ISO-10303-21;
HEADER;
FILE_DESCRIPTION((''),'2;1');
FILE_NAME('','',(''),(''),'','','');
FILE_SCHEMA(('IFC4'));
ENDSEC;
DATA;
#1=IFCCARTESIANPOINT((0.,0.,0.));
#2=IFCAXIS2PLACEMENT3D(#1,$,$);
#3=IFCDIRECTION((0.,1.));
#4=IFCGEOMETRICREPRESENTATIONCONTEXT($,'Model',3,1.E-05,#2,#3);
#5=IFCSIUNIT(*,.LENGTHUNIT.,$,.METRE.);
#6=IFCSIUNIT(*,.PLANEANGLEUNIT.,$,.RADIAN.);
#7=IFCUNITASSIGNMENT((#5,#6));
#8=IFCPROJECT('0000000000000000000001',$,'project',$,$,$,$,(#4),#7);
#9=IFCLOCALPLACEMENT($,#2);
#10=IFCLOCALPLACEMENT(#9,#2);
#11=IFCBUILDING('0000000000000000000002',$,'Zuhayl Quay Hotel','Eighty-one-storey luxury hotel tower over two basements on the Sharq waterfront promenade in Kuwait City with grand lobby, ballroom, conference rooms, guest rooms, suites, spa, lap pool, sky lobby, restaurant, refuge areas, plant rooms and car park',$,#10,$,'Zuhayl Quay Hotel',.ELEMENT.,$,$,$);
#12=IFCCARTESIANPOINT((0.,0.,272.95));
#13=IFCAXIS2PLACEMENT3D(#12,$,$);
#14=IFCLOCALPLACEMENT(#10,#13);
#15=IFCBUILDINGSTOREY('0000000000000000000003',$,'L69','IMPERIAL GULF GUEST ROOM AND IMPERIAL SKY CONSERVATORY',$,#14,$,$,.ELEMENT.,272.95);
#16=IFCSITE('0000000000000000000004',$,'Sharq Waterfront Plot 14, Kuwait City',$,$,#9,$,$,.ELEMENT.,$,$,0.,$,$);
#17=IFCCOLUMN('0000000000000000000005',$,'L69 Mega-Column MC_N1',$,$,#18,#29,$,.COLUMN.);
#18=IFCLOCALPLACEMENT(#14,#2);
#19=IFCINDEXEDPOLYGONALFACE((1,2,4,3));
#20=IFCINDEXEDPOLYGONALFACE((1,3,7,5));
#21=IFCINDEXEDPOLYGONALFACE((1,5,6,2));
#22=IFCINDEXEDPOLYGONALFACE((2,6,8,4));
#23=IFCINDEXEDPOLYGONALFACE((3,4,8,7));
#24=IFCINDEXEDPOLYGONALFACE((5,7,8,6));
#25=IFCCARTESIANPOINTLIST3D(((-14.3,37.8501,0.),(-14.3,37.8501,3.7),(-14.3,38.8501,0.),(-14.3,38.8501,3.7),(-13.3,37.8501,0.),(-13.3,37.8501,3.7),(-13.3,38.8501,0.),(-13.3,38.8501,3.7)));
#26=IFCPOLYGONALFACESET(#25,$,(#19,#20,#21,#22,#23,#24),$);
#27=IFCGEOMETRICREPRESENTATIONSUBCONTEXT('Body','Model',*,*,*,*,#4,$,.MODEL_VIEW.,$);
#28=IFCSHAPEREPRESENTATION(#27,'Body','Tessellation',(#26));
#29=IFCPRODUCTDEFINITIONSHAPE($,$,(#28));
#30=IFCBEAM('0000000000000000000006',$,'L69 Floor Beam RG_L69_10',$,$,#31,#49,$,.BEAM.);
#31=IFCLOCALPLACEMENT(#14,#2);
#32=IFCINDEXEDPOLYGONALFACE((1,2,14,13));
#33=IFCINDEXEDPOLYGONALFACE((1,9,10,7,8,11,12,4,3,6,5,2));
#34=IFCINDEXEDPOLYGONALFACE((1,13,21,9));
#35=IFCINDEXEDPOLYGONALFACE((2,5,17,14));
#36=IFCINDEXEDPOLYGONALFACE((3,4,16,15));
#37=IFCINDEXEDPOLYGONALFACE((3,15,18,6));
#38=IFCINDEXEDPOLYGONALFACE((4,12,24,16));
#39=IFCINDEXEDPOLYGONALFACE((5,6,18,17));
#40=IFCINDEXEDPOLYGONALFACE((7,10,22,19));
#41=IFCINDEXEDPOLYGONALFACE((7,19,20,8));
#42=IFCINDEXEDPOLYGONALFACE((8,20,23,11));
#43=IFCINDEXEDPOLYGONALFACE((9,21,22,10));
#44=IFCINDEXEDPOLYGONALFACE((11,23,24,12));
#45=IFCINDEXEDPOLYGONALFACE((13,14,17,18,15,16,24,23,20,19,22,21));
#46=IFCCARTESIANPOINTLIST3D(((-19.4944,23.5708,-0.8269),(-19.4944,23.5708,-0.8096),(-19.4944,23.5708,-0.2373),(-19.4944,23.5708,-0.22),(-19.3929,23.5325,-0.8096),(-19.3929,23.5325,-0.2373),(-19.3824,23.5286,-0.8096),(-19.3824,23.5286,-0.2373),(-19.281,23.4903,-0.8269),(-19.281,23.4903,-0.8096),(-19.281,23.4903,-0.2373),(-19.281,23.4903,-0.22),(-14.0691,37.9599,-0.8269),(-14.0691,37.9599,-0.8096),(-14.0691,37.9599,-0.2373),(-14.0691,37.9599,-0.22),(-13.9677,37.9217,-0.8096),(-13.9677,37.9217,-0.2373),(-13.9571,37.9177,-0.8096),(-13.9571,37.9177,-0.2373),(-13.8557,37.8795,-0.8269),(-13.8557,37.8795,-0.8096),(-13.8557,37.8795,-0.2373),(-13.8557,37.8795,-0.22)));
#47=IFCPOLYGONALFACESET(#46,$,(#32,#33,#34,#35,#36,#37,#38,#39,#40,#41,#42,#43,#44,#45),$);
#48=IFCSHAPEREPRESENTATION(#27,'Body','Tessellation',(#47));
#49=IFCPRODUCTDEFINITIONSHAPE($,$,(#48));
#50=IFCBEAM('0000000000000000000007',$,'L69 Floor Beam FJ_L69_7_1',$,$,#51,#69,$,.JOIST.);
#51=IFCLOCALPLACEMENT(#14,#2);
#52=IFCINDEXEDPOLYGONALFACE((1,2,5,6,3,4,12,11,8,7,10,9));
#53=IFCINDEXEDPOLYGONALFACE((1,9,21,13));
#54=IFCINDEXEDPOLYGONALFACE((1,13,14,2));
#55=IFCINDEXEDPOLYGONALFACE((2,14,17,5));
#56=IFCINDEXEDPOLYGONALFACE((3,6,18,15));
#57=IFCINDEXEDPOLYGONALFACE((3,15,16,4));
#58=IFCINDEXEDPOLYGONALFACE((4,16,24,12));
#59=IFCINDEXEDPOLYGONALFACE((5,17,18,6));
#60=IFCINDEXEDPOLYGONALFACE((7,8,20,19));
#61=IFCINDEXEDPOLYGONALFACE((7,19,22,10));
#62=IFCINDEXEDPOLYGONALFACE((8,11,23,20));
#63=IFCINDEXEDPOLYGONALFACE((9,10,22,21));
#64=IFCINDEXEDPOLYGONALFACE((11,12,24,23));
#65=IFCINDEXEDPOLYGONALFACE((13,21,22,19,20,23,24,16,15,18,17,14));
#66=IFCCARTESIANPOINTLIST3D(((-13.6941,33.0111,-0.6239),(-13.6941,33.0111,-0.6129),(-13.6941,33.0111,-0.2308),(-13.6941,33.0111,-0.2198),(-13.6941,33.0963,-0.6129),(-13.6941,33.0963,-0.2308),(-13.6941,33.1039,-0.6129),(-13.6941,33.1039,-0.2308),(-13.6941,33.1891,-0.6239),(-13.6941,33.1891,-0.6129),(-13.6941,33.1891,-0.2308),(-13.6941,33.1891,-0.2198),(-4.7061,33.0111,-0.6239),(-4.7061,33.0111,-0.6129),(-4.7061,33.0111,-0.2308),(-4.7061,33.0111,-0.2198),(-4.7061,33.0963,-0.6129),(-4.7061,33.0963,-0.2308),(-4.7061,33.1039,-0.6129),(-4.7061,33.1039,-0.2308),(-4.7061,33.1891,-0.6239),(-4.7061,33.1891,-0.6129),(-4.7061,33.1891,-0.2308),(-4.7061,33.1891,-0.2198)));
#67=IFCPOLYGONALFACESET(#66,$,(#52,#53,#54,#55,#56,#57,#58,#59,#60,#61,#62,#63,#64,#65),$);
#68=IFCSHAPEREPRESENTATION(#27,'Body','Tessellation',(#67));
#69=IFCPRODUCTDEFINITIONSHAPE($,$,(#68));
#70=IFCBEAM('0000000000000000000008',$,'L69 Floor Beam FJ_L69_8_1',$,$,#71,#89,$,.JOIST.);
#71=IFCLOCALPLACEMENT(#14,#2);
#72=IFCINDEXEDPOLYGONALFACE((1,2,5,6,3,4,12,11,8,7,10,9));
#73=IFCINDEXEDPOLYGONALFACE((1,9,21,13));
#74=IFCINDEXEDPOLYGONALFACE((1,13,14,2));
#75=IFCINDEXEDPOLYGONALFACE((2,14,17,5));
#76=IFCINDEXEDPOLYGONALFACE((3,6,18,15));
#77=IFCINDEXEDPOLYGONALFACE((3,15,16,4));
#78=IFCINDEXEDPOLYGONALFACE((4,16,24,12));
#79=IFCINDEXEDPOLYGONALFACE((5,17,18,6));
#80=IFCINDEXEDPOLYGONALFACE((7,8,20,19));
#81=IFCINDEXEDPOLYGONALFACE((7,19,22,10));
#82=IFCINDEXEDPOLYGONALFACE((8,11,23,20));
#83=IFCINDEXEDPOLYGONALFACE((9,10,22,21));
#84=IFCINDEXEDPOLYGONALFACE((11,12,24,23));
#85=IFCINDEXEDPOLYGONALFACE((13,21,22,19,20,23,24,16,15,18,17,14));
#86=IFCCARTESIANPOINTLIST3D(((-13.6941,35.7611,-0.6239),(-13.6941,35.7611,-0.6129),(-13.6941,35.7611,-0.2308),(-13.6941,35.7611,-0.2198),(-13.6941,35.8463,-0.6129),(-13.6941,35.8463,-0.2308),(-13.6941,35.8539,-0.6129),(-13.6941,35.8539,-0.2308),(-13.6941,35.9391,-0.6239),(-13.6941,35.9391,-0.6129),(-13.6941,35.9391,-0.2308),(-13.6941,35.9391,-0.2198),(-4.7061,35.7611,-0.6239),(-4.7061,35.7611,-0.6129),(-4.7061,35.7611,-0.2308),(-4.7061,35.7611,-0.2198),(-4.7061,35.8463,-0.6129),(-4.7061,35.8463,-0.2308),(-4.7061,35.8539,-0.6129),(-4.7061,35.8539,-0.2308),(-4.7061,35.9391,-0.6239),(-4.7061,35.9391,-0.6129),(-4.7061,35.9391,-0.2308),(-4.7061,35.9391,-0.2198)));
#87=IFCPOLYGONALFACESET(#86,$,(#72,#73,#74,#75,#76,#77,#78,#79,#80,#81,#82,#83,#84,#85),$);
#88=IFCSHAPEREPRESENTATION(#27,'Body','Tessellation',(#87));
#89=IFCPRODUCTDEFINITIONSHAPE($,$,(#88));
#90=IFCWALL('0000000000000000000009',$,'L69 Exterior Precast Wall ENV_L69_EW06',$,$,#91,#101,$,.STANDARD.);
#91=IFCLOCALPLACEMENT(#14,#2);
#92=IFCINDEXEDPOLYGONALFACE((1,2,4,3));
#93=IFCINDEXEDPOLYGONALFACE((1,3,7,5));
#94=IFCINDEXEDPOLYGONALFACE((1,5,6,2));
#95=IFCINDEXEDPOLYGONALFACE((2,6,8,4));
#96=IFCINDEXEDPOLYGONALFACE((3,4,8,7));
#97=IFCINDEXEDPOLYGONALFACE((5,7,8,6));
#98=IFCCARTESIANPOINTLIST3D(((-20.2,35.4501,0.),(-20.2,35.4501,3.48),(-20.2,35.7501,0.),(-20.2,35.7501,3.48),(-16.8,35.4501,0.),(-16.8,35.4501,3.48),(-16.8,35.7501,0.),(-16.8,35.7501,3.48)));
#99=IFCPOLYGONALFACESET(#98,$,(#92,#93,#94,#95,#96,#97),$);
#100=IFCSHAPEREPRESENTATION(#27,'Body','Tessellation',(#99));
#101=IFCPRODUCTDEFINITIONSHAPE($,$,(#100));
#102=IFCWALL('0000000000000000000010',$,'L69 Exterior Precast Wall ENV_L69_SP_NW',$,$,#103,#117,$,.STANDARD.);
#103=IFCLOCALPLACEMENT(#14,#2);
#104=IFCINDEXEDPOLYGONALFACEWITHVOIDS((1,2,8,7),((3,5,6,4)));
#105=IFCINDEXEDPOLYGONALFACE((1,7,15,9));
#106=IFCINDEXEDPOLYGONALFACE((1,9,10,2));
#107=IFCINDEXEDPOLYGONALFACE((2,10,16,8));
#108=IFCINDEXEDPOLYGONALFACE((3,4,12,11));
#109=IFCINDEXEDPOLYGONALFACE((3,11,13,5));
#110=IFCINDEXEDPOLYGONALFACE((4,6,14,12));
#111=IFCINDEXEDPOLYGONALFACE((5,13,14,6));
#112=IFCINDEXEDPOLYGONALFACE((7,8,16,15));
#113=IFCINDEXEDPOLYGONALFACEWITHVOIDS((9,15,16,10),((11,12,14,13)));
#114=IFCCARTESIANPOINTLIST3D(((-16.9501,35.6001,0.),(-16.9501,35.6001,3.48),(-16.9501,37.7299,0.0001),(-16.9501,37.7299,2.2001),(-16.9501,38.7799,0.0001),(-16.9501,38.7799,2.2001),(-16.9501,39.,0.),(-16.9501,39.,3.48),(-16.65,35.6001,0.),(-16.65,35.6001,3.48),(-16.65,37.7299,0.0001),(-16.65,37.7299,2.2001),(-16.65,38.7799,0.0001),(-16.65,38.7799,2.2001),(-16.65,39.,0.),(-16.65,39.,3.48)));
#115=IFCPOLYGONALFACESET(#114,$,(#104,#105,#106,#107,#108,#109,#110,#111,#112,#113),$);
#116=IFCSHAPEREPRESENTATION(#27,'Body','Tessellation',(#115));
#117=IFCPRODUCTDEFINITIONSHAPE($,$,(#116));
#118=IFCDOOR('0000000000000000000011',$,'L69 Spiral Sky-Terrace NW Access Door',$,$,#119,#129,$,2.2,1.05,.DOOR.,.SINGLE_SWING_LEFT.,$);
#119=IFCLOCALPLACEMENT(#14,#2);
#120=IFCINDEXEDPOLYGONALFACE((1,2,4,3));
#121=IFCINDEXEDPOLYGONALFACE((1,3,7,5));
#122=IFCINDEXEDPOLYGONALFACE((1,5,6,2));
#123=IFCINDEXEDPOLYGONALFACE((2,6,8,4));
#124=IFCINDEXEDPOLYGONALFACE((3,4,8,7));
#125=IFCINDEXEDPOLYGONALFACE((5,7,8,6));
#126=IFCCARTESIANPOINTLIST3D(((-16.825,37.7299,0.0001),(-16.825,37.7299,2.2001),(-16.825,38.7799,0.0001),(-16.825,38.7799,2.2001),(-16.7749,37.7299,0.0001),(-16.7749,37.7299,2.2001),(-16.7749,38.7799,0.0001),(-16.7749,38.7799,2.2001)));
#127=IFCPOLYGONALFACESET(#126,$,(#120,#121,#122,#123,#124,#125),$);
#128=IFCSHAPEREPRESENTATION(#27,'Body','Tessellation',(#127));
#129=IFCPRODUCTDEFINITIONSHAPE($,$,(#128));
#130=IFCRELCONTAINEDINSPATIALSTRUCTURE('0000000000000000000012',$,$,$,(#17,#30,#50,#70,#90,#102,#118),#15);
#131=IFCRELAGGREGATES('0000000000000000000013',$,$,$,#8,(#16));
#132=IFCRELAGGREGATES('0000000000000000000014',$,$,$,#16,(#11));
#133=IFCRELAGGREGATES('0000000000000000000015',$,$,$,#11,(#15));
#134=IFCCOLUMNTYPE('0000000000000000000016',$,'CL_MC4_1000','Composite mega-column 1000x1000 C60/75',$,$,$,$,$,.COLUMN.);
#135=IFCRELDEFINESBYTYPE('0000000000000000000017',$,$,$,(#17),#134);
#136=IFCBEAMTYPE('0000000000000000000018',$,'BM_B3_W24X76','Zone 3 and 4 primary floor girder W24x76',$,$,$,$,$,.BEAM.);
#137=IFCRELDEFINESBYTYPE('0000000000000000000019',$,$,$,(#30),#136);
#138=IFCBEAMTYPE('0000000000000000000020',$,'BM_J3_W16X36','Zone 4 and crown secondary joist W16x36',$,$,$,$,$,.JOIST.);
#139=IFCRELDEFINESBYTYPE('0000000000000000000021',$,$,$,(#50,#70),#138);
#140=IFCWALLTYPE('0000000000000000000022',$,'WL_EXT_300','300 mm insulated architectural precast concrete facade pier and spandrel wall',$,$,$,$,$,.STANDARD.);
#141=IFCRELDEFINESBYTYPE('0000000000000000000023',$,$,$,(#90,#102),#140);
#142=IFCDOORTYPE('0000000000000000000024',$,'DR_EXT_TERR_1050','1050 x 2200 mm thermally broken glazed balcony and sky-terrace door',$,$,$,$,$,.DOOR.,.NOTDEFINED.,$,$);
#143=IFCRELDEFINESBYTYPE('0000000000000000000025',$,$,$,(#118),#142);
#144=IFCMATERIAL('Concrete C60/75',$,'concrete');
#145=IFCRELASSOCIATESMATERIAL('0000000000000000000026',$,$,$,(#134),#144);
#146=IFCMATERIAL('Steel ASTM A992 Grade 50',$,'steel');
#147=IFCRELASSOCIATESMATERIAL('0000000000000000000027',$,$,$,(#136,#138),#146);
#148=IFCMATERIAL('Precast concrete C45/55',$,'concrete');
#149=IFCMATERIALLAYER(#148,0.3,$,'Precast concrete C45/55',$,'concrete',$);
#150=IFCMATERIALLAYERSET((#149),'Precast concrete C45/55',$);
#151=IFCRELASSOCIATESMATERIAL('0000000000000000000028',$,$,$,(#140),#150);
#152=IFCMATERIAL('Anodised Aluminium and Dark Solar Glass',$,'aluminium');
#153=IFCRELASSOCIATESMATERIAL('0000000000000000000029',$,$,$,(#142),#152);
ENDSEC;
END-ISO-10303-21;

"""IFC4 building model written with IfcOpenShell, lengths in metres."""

from ifc_helpers import new_model, si_unit, direction, frame, frame_2d, origin, origin_2d, place, context, subcontext, project, spatial, rectangle, i_section, extrude, material, layer, layer_set, material_profile, profile_set, type_object, element, fill, save


model = new_model("IFC4")

# Units and contexts
model_context = context("Model", 3, precision=1e-05, world=origin(), true_north=direction((0.0, 1.0)))
body_context = subcontext(model_context, "Body", "Model", "MODEL_VIEW")
ifc_project = project(units=[si_unit("LENGTHUNIT", "METRE"), si_unit("PLANEANGLEUNIT", "RADIAN")], contexts=[model_context])

# Site, building, storey
site_placement = place(None, origin())
site = spatial("IfcSite", under=ifc_project, at=site_placement, Name="Sharq Waterfront Plot 14, Kuwait City", CompositionType="ELEMENT", RefElevation=0.0)
building_placement = place(site_placement, origin())
building = spatial("IfcBuilding", under=site, at=building_placement, Name="Zuhayl Quay Hotel", Description="Eighty-one-storey luxury hotel tower over two basements on the Sharq waterfront promenade in Kuwait City with grand lobby, ballroom, conference rooms, guest rooms, suites, spa, lap pool, sky lobby, restaurant, refuge areas, plant rooms and car park", LongName="Zuhayl Quay Hotel", CompositionType="ELEMENT")
storey_placement = place(building_placement, frame((0.0, 0.0, 272.95)))
storey = spatial("IfcBuildingStorey", under=building, at=storey_placement, Name="L69", Description="IMPERIAL GULF GUEST ROOM AND IMPERIAL SKY CONSERVATORY", CompositionType="ELEMENT", Elevation=272.95)

# Column
ifc_material_1 = material(Name="Concrete C60/75", Category="concrete")
ifc_material_profile_1 = material_profile(ifc_material_1, rectangle(XDim=1.0, YDim=1.0, at=origin_2d()), Name="RC1000X1000")
ifc_profile_set_1 = profile_set([ifc_material_profile_1], Name="Concrete C60/75")
column_type = type_object("IfcColumnType", Name="CL_MC4_1000", Description="Composite mega-column 1000x1000 C60/75", PredefinedType="COLUMN", material=ifc_profile_set_1)
column_placement = place(storey_placement, frame((-13.8, 38.3501, 0.0), z_axis=(0.0, 0.0, 1.0), x_axis=(1.0, 0.0, 0.0)))
element("IfcColumn", 1, at=column_placement, inside=storey, type_object=column_type, Name="L69 Mega-Column MC_N1", PredefinedType="COLUMN", context=body_context, shape_type="SweptSolid", body=[
    extrude(rectangle(XDim=1.0, YDim=1.0, at=origin_2d()), origin(), (0.0, 0.0, 1.0), 3.7),
])

# Beams
ifc_material_2 = material(Name="Steel ASTM A992 Grade 50", Category="steel")
ifc_material_profile_2 = material_profile(ifc_material_2, i_section(OverallWidth=0.228, OverallDepth=0.6069, WebThickness=0.0112, FlangeThickness=0.0173, at=origin_2d()), Name="W24X76")
ifc_profile_set_2 = profile_set([ifc_material_profile_2], Name="Steel ASTM A992 Grade 50")
beam_type_1 = type_object("IfcBeamType", Name="BM_B3_W24X76", Description="Zone 3 and 4 primary floor girder W24x76", PredefinedType="BEAM", material=ifc_profile_set_2)
beam_placement = place(storey_placement, frame((-13.9624, 37.9197, -0.5234), z_axis=(-0.352797, -0.9357, 0.0), x_axis=(0.9357, -0.352797, 0.0)))
element("IfcBeam", 2, at=beam_placement, inside=storey, type_object=beam_type_1, Name="L69 Floor Beam RG_L69_10", PredefinedType="BEAM", context=body_context, shape_type="SweptSolid", body=[
    extrude(i_section(OverallWidth=0.228, OverallDepth=0.6069, WebThickness=0.0112, FlangeThickness=0.0173, at=origin_2d()), origin(), (0.0, 0.0, 1.0), 15.3779),
])
ifc_material_profile_3 = material_profile(ifc_material_2, i_section(OverallWidth=0.178, OverallDepth=0.4041, WebThickness=0.0076, FlangeThickness=0.011, at=origin_2d()), Name="W16X36")
ifc_profile_set_3 = profile_set([ifc_material_profile_3], Name="Steel ASTM A992 Grade 50")
beam_type_2 = type_object("IfcBeamType", Name="BM_J3_W16X36", Description="Zone 4 and crown secondary joist W16x36", PredefinedType="JOIST", material=ifc_profile_set_3)
for number, where, z_axis, x_axis, name in (
    (3, (-13.6941, 33.1001, -0.4219), (1.0, 0.0, 0.0), (0.0, 1.0, 0.0), "L69 Floor Beam FJ_L69_7_1"),
    (4, (-13.6941, 35.8501, -0.4219), (1.0, 0.0, 0.0), (0.0, 1.0, 0.0), "L69 Floor Beam FJ_L69_8_1"),
):
    element("IfcBeam", number, at=place(storey_placement, frame(where, z_axis=z_axis, x_axis=x_axis)), inside=storey, type_object=beam_type_2, Name=name, PredefinedType="JOIST", context=body_context, shape_type="SweptSolid", body=[
        extrude(i_section(OverallWidth=0.178, OverallDepth=0.4041, WebThickness=0.0076, FlangeThickness=0.011, at=origin_2d()), origin(), (0.0, 0.0, 1.0), 8.988),
    ])

# Wall
ifc_material_3 = material(Name="Precast concrete C45/55", Category="concrete")
ifc_layer_1 = layer(ifc_material_3, 0.3, Name="Precast concrete C45/55", Category="concrete")
ifc_layer_set_1 = layer_set([ifc_layer_1], Name="Precast concrete C45/55")
wall_type_1 = type_object("IfcWallType", Name="WL_EXT_300", Description="300 mm insulated architectural precast concrete facade pier and spandrel wall", PredefinedType="STANDARD", material=ifc_layer_set_1)
wall_1_placement = place(storey_placement, frame((-20.2, 35.6001, 0.0), z_axis=(0.0, 0.0, 1.0), x_axis=(1.0, 0.0, 0.0)))
element("IfcWall", 5, at=wall_1_placement, inside=storey, type_object=wall_type_1, Name="L69 Exterior Precast Wall ENV_L69_EW06", PredefinedType="STANDARD", context=body_context, shape_type="SweptSolid", body=[
    extrude(rectangle(XDim=3.3999, YDim=0.3, at=frame_2d((1.7, 0.0))), origin(), (0.0, 0.0, 1.0), 3.48),
])

# Wall, opening, door
wall_2_placement = place(storey_placement, frame((-16.8, 35.6001, 0.0), z_axis=(0.0, 0.0, 1.0), x_axis=(0.0, 1.0, 0.0)))
wall_2 = element("IfcWall", 6, at=wall_2_placement, inside=storey, type_object=wall_type_1, Name="L69 Exterior Precast Wall ENV_L69_SP_NW", PredefinedType="STANDARD", context=body_context, shape_type="SweptSolid", body=[
    extrude(rectangle(XDim=3.3999, YDim=0.3, at=frame_2d((1.7, 0.0))), origin(), (0.0, 0.0, 1.0), 3.48),
])
opening_1_placement = place(wall_2_placement, frame((2.1299, 0.0, 0.0)))
opening_1 = element("IfcOpeningElement", 7, at=opening_1_placement, cuts=wall_2, PredefinedType="OPENING", context=body_context, shape_type="SweptSolid", body=[
    extrude(rectangle(XDim=1.05, YDim=2.2, at=frame_2d((0.5249, 1.1001))), frame((0.0, 0.1599, 0.0), z_axis=(0.0, -1.0, 0.0), x_axis=(1.0, 0.0, 0.0)), (0.0, 0.0, 1.0), 0.3201),
])
ifc_material_4 = material(Name="Anodised Aluminium and Dark Solar Glass", Category="aluminium")
door_type_1 = type_object("IfcDoorType", Name="DR_EXT_TERR_1050", Description="1050 x 2200 mm thermally broken glazed balcony and sky-terrace door", OperationType="NOTDEFINED", PredefinedType="DOOR", material=ifc_material_4)
door_1_placement = place(opening_1_placement, origin())
door_1 = element("IfcDoor", 8, at=door_1_placement, inside=storey, type_object=door_type_1, Name="L69 Spiral Sky-Terrace NW Access Door", OperationType="SINGLE_SWING_LEFT", OverallHeight=2.2, OverallWidth=1.05, PredefinedType="DOOR", context=body_context, shape_type="SweptSolid", body=[
    extrude(rectangle(XDim=1.05, YDim=2.2, at=frame_2d((0.5249, 1.1001))), frame((0.0, 0.0249, 0.0), z_axis=(0.0, -1.0, 0.0), x_axis=(1.0, 0.0, 0.0)), (0.0, 0.0, 1.0), 0.05),
])
fill(opening_1, door_1)

save(model, "model.ifc")
